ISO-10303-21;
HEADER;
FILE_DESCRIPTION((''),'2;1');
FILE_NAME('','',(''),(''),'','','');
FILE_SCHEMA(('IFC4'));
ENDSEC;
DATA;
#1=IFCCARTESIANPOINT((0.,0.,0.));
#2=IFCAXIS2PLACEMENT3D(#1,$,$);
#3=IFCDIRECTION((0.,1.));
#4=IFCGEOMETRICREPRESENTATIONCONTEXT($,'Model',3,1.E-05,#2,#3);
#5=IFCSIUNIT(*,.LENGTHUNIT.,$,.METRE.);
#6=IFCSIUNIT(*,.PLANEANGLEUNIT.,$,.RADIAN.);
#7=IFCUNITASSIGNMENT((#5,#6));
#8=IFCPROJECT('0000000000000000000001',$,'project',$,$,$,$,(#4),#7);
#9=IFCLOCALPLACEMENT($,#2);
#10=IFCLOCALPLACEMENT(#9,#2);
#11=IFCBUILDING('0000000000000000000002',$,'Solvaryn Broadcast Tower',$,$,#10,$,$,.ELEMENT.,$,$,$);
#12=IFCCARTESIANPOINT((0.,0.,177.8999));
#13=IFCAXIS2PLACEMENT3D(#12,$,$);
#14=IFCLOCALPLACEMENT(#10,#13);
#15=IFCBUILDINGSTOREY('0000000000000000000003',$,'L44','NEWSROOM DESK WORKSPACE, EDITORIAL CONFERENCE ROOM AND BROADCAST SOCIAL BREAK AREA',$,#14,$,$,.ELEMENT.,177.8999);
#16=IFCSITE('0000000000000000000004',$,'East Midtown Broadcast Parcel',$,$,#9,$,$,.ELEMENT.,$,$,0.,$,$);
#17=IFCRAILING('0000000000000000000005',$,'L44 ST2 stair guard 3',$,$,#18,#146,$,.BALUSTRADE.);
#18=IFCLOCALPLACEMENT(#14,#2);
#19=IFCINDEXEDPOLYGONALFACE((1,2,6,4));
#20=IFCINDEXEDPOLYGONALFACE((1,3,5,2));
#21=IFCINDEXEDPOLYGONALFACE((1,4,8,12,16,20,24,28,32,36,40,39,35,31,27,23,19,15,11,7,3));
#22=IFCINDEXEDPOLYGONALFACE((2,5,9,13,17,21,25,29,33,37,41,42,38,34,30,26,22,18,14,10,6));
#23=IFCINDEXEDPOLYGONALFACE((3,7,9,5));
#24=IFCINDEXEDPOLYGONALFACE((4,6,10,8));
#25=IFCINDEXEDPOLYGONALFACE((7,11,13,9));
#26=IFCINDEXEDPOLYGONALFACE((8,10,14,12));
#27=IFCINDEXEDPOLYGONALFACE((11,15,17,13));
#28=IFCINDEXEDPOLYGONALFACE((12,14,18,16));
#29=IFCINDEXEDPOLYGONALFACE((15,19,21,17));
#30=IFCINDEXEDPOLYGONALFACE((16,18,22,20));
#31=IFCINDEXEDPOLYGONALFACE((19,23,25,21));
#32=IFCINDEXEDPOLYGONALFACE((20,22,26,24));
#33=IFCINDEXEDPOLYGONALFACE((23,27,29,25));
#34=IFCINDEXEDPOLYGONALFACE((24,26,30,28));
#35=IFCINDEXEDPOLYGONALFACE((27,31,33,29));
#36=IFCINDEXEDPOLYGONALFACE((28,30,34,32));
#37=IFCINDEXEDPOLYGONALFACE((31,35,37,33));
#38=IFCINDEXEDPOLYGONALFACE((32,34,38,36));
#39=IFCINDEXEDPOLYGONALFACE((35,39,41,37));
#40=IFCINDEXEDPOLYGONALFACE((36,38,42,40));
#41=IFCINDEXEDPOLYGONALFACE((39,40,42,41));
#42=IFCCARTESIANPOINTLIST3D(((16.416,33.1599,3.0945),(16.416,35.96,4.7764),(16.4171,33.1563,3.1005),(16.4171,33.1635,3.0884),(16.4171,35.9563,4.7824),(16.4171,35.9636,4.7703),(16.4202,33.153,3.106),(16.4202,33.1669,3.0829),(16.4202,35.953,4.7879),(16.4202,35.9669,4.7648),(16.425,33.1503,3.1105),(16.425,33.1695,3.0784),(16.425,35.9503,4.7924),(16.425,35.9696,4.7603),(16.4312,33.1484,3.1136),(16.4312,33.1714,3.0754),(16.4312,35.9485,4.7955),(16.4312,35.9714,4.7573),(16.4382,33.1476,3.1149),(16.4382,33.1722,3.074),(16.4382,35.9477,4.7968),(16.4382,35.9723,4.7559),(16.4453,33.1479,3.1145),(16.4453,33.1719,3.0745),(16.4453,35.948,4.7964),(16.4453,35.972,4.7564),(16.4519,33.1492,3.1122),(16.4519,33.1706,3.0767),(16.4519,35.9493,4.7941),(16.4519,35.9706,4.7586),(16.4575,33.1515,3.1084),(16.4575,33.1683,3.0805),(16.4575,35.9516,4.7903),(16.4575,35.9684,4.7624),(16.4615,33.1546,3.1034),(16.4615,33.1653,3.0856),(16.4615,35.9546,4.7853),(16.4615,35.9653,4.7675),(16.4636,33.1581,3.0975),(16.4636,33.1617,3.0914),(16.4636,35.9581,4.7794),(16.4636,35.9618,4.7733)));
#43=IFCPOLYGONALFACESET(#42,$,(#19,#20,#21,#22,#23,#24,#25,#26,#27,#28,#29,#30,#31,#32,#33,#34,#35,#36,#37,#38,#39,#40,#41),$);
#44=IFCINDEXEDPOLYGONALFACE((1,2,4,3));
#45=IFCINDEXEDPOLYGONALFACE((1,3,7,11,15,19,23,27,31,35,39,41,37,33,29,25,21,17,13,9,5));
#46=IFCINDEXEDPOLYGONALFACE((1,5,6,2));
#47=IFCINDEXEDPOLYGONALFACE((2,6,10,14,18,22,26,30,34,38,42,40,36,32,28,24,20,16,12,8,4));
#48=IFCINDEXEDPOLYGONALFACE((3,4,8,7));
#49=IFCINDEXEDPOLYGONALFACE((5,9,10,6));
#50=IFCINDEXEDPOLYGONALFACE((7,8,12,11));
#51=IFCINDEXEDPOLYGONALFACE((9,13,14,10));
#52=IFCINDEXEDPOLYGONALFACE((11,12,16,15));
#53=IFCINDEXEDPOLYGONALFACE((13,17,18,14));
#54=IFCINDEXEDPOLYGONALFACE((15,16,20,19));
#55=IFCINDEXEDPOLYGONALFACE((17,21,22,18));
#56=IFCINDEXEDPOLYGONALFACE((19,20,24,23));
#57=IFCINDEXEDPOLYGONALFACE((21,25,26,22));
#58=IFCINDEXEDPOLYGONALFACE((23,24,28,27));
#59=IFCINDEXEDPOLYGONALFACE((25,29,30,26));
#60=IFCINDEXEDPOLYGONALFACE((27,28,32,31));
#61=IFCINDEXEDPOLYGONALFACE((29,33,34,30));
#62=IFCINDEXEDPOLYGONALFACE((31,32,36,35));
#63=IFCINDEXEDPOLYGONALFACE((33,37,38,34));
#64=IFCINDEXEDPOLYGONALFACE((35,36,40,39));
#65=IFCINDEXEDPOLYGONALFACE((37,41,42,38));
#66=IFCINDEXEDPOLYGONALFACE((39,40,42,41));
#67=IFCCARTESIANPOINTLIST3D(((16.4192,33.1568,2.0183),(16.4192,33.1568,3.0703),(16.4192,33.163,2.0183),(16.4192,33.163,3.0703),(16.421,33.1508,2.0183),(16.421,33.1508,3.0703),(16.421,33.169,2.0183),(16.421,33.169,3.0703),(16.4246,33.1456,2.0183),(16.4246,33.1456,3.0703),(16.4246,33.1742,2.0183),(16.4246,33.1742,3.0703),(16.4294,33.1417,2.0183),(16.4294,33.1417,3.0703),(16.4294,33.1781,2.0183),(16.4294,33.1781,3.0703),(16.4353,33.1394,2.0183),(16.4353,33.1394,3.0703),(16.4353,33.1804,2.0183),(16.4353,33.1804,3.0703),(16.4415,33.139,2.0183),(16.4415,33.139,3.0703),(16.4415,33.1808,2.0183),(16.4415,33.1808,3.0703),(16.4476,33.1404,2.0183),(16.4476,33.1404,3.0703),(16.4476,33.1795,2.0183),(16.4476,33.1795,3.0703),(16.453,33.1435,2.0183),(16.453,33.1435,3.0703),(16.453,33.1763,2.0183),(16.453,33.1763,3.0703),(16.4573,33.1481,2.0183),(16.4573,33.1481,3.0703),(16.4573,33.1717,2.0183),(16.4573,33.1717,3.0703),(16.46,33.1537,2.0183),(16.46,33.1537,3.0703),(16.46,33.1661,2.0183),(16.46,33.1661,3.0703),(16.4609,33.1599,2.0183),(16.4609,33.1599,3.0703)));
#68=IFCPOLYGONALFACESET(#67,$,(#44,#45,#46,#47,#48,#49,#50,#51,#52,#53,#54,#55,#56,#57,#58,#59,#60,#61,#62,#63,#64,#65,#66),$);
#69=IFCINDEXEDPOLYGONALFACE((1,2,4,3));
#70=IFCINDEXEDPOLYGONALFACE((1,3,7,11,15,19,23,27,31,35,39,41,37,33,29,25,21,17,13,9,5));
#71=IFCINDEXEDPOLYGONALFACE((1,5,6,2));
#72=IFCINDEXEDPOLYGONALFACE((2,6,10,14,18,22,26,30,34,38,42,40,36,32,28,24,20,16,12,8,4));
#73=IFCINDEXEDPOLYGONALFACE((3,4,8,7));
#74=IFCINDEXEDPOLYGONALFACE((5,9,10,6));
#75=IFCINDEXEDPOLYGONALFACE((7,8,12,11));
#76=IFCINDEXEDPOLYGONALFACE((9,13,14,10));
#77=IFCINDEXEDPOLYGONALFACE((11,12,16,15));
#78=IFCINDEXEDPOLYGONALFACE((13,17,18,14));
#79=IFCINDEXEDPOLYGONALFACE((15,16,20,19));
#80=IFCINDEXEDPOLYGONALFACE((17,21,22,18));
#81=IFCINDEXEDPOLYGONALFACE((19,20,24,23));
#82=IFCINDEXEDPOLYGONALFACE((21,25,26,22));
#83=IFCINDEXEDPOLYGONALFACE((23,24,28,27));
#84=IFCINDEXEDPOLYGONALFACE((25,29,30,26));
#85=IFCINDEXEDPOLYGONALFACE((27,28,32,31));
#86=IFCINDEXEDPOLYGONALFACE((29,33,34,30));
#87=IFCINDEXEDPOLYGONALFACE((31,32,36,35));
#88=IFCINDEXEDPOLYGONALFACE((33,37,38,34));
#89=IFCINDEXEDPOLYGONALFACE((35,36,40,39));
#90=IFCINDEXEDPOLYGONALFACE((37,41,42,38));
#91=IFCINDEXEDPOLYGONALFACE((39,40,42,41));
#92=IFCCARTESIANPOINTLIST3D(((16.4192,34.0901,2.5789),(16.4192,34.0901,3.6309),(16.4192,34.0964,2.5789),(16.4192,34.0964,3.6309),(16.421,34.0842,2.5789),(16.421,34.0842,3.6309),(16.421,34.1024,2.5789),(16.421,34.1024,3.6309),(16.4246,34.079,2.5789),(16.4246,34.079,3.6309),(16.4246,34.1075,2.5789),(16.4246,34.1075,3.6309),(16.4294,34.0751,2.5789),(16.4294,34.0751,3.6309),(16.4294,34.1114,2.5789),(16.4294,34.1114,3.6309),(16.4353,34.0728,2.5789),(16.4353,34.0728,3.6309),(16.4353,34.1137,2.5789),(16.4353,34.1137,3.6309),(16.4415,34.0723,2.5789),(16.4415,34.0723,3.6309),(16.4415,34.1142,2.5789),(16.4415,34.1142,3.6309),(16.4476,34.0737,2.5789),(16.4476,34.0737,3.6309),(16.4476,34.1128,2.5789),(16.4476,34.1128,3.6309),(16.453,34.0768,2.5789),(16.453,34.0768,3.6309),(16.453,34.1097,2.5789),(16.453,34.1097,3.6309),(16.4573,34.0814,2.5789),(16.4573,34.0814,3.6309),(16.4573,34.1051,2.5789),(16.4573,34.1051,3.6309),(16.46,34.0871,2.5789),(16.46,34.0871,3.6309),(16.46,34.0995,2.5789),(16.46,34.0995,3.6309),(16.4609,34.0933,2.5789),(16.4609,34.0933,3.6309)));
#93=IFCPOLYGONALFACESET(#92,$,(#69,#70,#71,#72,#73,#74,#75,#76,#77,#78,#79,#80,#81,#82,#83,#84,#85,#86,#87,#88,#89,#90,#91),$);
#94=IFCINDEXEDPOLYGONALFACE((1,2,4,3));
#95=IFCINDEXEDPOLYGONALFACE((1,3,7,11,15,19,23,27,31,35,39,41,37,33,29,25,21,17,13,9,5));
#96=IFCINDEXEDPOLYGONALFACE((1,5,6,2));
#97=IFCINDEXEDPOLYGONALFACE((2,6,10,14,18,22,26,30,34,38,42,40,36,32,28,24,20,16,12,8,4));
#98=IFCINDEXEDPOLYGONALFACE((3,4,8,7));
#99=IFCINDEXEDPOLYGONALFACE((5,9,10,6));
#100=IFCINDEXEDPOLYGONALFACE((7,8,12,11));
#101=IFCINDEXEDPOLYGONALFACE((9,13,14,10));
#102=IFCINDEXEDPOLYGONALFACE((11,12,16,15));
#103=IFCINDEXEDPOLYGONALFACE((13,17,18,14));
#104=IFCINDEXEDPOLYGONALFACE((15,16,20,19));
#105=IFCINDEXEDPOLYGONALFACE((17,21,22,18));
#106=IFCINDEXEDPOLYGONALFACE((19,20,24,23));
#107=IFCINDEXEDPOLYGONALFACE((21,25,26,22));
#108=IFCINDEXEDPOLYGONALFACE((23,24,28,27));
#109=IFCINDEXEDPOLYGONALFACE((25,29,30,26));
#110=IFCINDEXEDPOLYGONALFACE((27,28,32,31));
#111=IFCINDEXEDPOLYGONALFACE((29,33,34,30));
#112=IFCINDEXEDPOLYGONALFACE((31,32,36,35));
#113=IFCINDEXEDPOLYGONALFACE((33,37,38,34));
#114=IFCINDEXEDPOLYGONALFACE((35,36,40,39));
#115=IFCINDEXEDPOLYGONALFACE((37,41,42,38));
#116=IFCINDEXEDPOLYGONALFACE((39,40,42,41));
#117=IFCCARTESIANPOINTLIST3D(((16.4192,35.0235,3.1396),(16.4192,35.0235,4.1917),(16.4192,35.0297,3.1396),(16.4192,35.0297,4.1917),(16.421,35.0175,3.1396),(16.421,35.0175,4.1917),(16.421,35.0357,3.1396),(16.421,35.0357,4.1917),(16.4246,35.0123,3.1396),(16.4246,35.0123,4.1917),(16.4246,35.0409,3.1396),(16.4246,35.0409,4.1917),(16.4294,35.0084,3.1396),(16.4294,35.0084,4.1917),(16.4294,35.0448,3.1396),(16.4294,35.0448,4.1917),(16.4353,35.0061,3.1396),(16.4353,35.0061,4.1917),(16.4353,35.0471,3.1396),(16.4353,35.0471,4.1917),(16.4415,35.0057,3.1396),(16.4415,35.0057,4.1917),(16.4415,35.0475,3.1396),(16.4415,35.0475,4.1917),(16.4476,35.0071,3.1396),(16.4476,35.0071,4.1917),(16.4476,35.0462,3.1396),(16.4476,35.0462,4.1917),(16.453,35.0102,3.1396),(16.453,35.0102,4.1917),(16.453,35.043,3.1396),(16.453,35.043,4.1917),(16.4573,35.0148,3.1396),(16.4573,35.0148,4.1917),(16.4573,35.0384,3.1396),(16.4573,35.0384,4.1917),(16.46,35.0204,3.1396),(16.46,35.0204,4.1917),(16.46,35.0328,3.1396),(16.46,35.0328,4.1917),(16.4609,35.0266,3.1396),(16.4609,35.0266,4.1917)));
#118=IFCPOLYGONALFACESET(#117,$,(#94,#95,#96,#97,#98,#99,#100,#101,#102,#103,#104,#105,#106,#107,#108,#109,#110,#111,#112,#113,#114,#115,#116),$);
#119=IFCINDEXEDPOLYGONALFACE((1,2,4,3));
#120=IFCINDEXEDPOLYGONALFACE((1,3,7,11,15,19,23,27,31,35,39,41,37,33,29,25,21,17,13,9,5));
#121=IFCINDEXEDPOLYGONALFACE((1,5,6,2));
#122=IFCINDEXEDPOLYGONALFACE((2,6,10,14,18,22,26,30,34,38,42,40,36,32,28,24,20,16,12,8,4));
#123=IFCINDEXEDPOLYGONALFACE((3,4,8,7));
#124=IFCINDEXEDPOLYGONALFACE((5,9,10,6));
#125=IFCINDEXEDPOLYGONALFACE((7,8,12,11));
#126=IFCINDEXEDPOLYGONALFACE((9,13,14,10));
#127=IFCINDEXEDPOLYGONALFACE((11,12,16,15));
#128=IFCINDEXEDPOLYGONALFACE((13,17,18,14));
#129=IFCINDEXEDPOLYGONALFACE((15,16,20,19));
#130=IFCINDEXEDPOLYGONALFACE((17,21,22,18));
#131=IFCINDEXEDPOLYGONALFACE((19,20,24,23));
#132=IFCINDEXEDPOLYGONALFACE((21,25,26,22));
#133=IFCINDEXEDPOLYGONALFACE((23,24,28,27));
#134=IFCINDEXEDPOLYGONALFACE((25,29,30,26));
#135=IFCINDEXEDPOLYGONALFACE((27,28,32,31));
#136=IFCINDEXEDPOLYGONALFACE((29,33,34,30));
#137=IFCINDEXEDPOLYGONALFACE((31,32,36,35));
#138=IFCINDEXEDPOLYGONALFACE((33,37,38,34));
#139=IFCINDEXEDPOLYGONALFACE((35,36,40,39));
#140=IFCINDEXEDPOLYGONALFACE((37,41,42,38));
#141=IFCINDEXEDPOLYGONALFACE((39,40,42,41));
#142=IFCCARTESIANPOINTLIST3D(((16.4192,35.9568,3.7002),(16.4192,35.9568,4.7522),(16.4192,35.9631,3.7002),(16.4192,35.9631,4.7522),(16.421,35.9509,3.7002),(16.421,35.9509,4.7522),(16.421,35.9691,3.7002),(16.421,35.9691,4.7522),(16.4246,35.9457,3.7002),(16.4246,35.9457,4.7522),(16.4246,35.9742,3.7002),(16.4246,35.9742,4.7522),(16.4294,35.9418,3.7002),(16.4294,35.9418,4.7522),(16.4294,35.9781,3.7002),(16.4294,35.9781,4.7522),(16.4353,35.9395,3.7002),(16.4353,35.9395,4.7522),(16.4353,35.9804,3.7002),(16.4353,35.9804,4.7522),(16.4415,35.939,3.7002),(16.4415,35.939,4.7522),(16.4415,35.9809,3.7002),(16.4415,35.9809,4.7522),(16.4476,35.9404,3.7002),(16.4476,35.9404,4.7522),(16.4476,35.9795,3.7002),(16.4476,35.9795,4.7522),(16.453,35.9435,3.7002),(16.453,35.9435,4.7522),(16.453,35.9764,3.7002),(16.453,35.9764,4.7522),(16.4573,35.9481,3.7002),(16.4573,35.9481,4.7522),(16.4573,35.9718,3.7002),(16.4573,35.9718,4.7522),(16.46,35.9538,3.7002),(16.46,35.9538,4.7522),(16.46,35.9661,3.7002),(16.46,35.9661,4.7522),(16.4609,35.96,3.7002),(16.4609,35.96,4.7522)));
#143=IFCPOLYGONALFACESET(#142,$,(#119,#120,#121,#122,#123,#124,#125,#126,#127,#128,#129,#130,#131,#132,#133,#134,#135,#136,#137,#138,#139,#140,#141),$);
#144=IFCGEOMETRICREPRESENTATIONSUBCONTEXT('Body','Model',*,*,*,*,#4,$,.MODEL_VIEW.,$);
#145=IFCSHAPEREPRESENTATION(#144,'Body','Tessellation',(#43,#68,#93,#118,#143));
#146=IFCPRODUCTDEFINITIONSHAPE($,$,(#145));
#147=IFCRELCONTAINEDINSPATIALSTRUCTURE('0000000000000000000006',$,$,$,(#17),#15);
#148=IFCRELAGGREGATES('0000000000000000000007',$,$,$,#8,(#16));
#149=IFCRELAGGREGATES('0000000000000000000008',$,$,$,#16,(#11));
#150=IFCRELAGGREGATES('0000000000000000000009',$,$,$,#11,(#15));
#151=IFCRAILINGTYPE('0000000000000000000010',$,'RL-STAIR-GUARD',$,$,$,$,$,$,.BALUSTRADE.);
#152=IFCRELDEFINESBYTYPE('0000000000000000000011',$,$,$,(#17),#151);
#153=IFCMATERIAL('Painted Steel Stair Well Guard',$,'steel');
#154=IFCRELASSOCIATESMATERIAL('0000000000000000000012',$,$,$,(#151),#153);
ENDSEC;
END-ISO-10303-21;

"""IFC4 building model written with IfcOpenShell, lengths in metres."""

from ifc_helpers import new_model, si_unit, direction, frame, origin, origin_2d, place, context, subcontext, project, spatial, circle, extrude, material, type_object, element, save


model = new_model("IFC4")

# Units and contexts
model_context = context("Model", 3, precision=1e-05, world=origin(), true_north=direction((0.0, 1.0)))
body_context = subcontext(model_context, "Body", "Model", "MODEL_VIEW")
ifc_project = project(units=[si_unit("LENGTHUNIT", "METRE"), si_unit("PLANEANGLEUNIT", "RADIAN")], contexts=[model_context])

# Site, building, storey
site_placement = place(None, origin())
site = spatial("IfcSite", under=ifc_project, at=site_placement, Name="East Midtown Broadcast Parcel", CompositionType="ELEMENT", RefElevation=0.0)
building_placement = place(site_placement, origin())
building = spatial("IfcBuilding", under=site, at=building_placement, Name="Solvaryn Broadcast Tower", CompositionType="ELEMENT")
storey_placement = place(building_placement, frame((0.0, 0.0, 177.8999)))
storey = spatial("IfcBuildingStorey", under=building, at=storey_placement, Name="L44", Description="NEWSROOM DESK WORKSPACE, EDITORIAL CONFERENCE ROOM AND BROADCAST SOCIAL BREAK AREA", CompositionType="ELEMENT", Elevation=177.8999)

# Railing
ifc_material_1 = material(Name="Painted Steel Stair Well Guard", Category="steel")
railing_type_1 = type_object("IfcRailingType", Name="RL-STAIR-GUARD", PredefinedType="BALUSTRADE", material=ifc_material_1)
railing_1_placement = place(storey_placement, frame((16.4399, 33.1599, 2.0183)))
element("IfcRailing", 1, at=railing_1_placement, inside=storey, type_object=railing_type_1, Name="L44 ST2 stair guard 3", PredefinedType="BALUSTRADE", context=body_context, shape_type="SweptSolid", body=[
    extrude(circle(Radius=0.0239, at=origin_2d()), frame((0.0, 0.0, 1.0762), z_axis=(0.0, 0.857242, 0.514913), x_axis=(-1.0, 0.0, 0.0)), (0.0, 0.0, 1.0), 3.2664),
    extrude(circle(Radius=0.021, at=origin_2d()), origin(), (0.0, 0.0, 1.0), 1.052),
    extrude(circle(Radius=0.021, at=origin_2d()), frame((0.0, 0.9333, 0.5605)), (0.0, 0.0, 1.0), 1.052),
    extrude(circle(Radius=0.021, at=origin_2d()), frame((0.0, 1.8667, 1.1213)), (0.0, 0.0, 1.0), 1.052),
    extrude(circle(Radius=0.021, at=origin_2d()), frame((0.0, 2.8, 1.6819)), (0.0, 0.0, 1.0), 1.052),
])

save(model, "model.ifc")
